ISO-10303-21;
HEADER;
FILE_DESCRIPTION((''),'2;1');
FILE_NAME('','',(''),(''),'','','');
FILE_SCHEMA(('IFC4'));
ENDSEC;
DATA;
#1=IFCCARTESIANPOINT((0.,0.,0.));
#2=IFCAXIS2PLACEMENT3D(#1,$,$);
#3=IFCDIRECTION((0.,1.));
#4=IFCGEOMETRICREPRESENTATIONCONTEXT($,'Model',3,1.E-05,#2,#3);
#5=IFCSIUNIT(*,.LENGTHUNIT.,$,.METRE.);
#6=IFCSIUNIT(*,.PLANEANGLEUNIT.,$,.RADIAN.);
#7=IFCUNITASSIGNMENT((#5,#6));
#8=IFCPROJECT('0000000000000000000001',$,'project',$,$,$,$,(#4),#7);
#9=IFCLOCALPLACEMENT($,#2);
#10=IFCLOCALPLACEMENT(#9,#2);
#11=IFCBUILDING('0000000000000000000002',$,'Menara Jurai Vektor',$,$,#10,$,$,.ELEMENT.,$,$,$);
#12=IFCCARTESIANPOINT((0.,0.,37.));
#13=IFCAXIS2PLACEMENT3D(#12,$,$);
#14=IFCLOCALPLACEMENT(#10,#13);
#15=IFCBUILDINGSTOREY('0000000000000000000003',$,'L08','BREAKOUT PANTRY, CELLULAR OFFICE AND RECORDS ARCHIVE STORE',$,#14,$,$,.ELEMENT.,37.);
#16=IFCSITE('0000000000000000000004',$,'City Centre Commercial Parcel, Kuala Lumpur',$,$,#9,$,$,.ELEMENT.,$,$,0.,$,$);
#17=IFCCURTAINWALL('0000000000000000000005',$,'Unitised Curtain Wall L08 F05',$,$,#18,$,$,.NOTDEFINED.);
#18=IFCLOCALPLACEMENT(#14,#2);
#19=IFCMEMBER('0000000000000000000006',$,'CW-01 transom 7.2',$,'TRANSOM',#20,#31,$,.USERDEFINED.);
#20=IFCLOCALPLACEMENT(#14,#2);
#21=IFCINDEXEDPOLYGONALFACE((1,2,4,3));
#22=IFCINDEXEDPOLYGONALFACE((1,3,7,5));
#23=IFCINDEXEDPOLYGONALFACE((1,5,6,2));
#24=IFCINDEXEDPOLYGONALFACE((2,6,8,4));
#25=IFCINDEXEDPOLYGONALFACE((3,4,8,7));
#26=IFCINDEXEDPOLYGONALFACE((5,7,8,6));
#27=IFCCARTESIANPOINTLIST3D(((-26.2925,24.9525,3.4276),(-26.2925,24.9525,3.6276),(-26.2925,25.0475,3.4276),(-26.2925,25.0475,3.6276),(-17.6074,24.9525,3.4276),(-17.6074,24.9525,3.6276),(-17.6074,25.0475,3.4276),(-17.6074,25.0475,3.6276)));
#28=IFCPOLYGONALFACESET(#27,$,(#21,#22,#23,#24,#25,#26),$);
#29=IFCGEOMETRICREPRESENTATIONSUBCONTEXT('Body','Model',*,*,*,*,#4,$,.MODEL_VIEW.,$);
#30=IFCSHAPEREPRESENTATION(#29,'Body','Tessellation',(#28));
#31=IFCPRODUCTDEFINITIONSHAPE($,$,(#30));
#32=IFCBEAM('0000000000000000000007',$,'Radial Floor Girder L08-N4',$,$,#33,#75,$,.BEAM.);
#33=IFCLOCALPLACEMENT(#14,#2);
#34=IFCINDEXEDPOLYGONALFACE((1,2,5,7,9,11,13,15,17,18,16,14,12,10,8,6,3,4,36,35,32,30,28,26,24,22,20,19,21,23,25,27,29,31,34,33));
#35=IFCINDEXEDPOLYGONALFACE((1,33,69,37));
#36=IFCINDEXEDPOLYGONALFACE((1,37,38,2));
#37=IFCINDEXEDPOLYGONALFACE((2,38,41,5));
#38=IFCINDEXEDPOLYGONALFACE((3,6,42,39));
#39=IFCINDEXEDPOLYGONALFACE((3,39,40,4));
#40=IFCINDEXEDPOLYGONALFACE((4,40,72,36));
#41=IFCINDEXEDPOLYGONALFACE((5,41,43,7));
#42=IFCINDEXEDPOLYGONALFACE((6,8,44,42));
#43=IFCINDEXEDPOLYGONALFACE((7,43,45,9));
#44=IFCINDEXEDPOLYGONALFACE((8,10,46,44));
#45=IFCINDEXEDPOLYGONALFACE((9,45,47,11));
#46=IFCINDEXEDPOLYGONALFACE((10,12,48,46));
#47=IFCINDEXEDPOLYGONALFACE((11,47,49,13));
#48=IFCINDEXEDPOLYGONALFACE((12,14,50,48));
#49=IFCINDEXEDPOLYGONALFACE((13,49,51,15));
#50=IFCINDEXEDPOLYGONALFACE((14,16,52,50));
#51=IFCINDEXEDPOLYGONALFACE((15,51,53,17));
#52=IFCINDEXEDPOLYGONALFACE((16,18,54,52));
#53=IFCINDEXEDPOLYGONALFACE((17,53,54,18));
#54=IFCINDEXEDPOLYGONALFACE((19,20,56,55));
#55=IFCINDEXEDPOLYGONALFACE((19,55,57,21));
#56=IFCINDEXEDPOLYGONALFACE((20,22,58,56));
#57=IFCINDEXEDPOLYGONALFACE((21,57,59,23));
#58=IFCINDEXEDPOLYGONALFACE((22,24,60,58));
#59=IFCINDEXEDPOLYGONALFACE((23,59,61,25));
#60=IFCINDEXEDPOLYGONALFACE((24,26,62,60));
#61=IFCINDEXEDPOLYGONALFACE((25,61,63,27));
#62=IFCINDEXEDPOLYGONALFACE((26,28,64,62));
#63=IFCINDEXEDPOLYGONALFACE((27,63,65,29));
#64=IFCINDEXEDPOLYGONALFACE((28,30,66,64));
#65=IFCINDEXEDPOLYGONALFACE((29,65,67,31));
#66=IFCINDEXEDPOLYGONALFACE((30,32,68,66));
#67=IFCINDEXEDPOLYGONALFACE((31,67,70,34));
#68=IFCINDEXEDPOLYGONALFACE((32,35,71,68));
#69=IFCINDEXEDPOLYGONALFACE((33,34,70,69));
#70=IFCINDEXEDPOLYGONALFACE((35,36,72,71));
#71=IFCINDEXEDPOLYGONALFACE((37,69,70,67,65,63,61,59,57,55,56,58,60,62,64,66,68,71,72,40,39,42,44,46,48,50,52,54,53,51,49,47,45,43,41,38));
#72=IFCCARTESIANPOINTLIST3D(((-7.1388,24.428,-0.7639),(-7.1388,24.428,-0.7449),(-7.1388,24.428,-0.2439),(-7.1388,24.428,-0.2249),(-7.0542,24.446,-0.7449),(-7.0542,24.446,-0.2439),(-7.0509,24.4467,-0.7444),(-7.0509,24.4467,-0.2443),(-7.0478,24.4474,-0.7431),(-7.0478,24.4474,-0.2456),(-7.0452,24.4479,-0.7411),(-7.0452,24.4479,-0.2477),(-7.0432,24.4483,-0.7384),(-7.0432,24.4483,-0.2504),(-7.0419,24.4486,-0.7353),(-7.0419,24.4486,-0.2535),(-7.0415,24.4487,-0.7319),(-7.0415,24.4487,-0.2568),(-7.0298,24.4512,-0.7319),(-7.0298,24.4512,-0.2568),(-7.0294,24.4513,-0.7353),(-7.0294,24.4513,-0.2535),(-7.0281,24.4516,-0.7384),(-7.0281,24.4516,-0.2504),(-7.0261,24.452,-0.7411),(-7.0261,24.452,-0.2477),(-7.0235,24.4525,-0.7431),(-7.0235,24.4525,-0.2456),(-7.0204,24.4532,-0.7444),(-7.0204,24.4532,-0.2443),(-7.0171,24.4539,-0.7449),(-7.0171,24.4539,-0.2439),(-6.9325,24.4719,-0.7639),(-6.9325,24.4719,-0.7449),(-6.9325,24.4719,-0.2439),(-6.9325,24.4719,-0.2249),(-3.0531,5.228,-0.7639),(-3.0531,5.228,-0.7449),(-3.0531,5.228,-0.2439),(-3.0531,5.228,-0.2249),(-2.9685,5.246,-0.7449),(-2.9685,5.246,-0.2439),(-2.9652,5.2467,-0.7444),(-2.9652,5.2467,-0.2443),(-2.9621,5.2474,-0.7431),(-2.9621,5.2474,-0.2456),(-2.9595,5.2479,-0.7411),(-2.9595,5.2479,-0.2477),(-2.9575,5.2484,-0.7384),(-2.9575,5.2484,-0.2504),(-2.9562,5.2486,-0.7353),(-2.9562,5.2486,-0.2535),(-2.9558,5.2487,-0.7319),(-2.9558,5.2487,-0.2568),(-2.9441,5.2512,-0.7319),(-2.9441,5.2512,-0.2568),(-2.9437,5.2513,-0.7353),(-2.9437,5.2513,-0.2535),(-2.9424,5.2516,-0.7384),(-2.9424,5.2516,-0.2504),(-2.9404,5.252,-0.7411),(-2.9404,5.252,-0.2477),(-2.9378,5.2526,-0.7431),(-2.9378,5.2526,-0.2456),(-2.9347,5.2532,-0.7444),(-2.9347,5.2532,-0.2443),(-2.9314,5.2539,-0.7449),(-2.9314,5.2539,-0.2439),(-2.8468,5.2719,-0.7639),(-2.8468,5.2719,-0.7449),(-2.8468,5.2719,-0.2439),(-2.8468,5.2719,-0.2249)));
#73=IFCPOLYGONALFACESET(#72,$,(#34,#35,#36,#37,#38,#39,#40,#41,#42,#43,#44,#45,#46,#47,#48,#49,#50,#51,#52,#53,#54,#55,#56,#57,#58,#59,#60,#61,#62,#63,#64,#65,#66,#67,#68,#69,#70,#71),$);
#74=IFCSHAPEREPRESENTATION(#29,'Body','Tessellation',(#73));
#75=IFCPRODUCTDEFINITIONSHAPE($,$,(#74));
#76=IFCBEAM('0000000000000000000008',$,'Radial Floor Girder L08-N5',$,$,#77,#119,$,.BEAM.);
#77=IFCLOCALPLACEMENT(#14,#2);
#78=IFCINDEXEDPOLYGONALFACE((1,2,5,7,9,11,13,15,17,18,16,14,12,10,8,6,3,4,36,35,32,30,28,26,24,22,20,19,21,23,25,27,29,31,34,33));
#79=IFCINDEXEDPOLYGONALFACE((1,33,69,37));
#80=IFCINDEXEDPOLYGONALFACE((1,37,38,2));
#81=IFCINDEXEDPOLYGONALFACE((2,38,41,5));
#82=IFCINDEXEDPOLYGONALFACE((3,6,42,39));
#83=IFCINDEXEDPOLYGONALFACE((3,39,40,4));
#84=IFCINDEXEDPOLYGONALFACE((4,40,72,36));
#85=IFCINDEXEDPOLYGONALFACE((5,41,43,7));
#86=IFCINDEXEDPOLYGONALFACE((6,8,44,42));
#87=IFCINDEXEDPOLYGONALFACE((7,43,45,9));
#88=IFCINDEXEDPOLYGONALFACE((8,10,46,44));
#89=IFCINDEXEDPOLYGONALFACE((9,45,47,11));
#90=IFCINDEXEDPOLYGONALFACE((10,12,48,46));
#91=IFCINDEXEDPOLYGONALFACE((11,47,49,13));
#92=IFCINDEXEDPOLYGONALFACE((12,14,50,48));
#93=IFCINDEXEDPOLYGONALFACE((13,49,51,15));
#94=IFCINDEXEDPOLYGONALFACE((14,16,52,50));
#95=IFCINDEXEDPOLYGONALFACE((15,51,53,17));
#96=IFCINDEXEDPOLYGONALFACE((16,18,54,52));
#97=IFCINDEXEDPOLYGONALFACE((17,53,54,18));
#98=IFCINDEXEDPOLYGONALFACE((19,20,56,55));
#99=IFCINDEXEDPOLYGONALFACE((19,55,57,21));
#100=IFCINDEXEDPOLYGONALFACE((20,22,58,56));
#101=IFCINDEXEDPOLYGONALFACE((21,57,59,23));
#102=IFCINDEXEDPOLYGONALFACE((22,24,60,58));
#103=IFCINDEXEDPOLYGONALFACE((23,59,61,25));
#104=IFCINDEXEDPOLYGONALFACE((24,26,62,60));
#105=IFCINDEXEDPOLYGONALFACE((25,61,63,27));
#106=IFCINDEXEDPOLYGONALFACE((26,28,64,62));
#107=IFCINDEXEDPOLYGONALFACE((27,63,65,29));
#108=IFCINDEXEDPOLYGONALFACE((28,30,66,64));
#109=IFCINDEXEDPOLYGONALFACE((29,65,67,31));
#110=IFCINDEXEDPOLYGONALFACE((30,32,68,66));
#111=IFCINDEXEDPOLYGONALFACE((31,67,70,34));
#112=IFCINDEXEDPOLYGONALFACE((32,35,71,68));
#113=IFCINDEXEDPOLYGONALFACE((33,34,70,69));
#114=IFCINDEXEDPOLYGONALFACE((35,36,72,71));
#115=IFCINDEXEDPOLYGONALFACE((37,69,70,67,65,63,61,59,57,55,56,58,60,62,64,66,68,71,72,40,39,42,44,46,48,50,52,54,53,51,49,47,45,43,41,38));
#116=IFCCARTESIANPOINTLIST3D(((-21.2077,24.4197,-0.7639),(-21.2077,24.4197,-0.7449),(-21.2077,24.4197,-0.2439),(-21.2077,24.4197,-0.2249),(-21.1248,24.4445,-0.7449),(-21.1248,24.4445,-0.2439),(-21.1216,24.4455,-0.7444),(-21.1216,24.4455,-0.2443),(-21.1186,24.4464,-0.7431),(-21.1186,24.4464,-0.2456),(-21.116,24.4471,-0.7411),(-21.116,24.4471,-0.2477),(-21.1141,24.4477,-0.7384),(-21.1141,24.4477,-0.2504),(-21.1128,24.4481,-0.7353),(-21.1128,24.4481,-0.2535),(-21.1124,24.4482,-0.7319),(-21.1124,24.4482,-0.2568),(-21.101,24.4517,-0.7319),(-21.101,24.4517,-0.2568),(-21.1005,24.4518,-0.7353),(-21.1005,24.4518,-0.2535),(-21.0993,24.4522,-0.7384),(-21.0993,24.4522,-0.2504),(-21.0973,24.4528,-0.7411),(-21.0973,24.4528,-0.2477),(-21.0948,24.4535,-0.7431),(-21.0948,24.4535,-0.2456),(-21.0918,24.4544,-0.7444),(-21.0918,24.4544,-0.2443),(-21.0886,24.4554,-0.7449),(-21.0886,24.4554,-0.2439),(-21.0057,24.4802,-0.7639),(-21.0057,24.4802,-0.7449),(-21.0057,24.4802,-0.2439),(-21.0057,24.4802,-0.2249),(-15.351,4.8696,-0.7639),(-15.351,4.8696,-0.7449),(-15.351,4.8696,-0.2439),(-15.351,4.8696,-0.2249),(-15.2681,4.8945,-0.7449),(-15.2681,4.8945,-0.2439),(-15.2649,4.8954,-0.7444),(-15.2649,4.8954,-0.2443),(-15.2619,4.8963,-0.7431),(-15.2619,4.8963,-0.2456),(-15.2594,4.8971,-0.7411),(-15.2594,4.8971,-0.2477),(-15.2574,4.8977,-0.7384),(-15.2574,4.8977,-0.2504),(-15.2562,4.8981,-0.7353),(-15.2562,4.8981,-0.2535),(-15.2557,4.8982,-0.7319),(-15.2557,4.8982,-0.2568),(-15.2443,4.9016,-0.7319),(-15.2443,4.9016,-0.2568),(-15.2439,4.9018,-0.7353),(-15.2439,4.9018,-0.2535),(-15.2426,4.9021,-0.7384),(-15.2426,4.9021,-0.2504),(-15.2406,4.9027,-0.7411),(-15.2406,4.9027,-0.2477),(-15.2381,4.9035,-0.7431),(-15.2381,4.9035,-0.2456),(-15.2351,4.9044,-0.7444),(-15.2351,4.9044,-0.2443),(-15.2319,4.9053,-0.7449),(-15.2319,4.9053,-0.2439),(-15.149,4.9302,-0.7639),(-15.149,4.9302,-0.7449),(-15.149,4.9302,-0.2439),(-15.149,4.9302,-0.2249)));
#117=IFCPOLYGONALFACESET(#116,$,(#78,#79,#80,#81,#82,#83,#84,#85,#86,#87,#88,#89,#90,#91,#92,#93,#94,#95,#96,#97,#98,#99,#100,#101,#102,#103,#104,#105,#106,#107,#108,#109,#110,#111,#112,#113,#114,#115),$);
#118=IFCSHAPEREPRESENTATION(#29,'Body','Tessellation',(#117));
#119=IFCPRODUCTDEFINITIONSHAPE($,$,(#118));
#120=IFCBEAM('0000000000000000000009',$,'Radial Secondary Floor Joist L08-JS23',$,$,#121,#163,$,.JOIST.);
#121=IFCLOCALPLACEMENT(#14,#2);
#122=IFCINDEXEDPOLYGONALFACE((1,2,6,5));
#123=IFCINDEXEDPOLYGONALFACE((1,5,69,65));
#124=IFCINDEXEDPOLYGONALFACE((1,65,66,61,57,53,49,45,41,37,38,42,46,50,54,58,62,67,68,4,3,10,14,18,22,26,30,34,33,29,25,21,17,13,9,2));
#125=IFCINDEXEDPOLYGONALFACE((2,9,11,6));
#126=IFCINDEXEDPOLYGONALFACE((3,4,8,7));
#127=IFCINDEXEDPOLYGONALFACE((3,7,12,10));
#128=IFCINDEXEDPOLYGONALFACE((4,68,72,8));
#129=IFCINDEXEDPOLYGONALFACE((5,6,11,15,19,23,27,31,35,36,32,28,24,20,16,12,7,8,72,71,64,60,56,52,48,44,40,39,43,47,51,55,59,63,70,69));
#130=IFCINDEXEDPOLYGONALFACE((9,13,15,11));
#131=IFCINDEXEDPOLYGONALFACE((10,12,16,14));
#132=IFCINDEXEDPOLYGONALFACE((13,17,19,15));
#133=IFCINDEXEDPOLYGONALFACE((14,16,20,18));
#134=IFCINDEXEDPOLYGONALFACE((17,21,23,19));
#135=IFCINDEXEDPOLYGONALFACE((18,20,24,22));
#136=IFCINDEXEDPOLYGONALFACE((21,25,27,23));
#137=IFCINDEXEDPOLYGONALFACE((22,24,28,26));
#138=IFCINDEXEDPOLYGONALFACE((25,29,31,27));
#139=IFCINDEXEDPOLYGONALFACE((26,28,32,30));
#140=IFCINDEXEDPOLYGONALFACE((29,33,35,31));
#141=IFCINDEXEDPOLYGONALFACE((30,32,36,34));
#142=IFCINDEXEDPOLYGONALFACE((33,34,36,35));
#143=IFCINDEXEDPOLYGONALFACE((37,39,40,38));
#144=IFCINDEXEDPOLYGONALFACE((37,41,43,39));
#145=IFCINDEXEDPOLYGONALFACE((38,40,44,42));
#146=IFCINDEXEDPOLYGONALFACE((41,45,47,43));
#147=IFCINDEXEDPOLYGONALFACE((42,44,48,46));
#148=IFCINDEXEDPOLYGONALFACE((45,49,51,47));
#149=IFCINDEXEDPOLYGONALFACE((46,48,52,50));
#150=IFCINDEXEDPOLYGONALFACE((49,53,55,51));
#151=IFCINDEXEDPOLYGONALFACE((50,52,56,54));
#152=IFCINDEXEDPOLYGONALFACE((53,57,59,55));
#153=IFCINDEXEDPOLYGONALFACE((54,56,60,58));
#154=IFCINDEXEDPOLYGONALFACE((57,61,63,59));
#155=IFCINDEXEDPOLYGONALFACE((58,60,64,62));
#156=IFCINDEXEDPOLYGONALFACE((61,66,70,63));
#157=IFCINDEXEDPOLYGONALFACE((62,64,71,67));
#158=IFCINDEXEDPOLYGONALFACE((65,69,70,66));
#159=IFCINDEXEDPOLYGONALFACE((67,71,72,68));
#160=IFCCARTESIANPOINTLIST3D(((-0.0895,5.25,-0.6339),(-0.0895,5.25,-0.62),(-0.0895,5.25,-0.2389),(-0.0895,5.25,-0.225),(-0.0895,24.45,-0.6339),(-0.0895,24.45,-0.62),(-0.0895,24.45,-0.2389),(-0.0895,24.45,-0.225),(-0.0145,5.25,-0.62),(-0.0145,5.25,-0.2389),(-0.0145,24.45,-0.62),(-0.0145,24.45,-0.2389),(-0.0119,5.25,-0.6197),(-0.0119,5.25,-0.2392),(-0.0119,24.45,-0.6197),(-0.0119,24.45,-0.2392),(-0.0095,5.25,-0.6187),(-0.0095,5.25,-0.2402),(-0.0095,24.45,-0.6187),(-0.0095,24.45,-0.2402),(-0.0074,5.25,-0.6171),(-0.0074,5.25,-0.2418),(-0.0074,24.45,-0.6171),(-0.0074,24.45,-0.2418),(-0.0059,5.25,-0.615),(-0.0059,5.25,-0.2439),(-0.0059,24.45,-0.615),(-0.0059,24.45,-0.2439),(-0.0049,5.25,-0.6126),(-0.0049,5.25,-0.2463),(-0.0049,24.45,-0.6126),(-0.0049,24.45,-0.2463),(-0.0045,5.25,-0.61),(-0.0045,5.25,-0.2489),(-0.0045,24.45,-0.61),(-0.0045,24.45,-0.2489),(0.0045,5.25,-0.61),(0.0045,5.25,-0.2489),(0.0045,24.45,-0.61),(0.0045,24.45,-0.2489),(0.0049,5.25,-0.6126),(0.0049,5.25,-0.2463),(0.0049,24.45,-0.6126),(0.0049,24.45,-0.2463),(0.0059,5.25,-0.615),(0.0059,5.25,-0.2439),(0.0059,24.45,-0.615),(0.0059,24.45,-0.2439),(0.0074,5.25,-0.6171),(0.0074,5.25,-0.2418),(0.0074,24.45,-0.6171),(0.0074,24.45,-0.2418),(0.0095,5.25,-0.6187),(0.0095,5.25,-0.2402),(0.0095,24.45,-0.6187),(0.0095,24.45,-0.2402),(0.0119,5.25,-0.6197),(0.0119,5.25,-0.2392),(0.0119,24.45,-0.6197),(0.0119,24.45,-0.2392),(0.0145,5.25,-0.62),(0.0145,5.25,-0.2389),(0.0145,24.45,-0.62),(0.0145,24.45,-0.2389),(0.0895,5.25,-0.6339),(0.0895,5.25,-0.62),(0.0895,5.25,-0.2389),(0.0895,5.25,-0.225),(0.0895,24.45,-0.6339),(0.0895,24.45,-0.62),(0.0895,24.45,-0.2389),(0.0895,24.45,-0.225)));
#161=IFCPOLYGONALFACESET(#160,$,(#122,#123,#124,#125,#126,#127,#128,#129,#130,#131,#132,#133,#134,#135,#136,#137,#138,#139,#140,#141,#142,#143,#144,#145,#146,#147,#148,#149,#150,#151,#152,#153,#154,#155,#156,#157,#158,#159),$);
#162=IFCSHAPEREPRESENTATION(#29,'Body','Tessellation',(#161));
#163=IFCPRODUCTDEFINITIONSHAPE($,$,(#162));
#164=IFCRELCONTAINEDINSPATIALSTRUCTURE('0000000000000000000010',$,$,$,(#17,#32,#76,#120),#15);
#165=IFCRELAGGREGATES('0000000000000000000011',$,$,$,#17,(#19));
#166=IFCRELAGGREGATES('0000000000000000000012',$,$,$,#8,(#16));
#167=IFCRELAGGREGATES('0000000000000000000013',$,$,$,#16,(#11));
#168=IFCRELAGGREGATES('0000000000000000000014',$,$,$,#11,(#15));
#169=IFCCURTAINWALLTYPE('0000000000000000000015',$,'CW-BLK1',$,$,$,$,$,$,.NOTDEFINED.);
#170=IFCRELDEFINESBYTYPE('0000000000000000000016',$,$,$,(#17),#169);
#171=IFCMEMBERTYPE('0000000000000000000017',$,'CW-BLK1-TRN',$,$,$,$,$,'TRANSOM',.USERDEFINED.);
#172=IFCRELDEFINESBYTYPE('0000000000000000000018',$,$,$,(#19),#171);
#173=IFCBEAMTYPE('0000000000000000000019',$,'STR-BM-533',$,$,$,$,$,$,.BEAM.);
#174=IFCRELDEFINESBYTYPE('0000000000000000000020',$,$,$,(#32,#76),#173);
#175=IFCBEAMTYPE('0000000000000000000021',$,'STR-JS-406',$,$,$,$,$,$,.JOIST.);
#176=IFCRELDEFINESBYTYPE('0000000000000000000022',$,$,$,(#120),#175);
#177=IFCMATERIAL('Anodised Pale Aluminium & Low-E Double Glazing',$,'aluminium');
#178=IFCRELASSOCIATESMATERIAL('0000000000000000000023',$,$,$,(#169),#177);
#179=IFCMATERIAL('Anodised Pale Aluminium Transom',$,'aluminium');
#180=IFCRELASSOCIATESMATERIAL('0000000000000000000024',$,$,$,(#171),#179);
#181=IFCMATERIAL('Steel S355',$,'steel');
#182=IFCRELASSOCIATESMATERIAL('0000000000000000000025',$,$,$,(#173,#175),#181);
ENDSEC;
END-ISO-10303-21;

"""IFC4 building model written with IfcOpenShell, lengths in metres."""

from ifc_helpers import new_model, si_unit, direction, frame, origin, origin_2d, place, context, subcontext, project, spatial, rectangle, i_section, extrude, material, material_profile, profile_set, type_object, element, aggregate, save


model = new_model("IFC4")

# Units and contexts
model_context = context("Model", 3, precision=1e-05, world=origin(), true_north=direction((0.0, 1.0)))
body_context = subcontext(model_context, "Body", "Model", "MODEL_VIEW")
ifc_project = project(units=[si_unit("LENGTHUNIT", "METRE"), si_unit("PLANEANGLEUNIT", "RADIAN")], contexts=[model_context])

# Site, building, storey
site_placement = place(None, origin())
site = spatial("IfcSite", under=ifc_project, at=site_placement, Name="City Centre Commercial Parcel, Kuala Lumpur", CompositionType="ELEMENT", RefElevation=0.0)
building_placement = place(site_placement, origin())
building = spatial("IfcBuilding", under=site, at=building_placement, Name="Menara Jurai Vektor", CompositionType="ELEMENT")
storey_placement = place(building_placement, frame((0.0, 0.0, 37.0)))
storey = spatial("IfcBuildingStorey", under=building, at=storey_placement, Name="L08", Description="BREAKOUT PANTRY, CELLULAR OFFICE AND RECORDS ARCHIVE STORE", CompositionType="ELEMENT", Elevation=37.0)

# Curtain wall, member
ifc_material_1 = material(Name="Anodised Pale Aluminium & Low-E Double Glazing", Category="aluminium")
curtain_wall_type = type_object("IfcCurtainWallType", Name="CW-BLK1", PredefinedType="NOTDEFINED", material=ifc_material_1)
curtain_wall_placement = place(storey_placement, origin())
curtain_wall = element("IfcCurtainWall", 1, at=curtain_wall_placement, inside=storey, type_object=curtain_wall_type, Name="Unitised Curtain Wall L08 F05", PredefinedType="NOTDEFINED")
ifc_material_2 = material(Name="Anodised Pale Aluminium Transom", Category="aluminium")
ifc_material_profile_1 = material_profile(ifc_material_2, rectangle(XDim=0.095, YDim=0.2, at=origin_2d()), Name="ALU TRN 95x200")
ifc_profile_set_1 = profile_set([ifc_material_profile_1], Name="Anodised Pale Aluminium Transom")
member_type_1 = type_object("IfcMemberType", Name="CW-BLK1-TRN", ElementType="TRANSOM", PredefinedType="USERDEFINED", material=ifc_profile_set_1)
member_1_placement = place(storey_placement, frame((-17.6074, 25.0, 3.5276), z_axis=(-1.0, 0.0, 0.0), x_axis=(0.0, -1.0, 0.0)))
member_1 = element("IfcMember", 2, at=member_1_placement, type_object=member_type_1, Name="CW-01 transom 7.2", ObjectType="TRANSOM", PredefinedType="USERDEFINED", context=body_context, shape_type="SweptSolid", body=[
    extrude(rectangle(XDim=0.095, YDim=0.2, at=origin_2d()), origin(), (0.0, 0.0, 1.0), 8.6851),
])

# Beams
ifc_material_3 = material(Name="Steel S355", Category="steel")
ifc_material_profile_2 = material_profile(ifc_material_3, i_section(OverallWidth=0.2109, OverallDepth=0.5391, WebThickness=0.012, FlangeThickness=0.019, FilletRadius=0.0129, at=origin_2d()), Name="UKB 533x210x109")
ifc_profile_set_2 = profile_set([ifc_material_profile_2], Name="Steel S355")
beam_type_1 = type_object("IfcBeamType", Name="STR-BM-533", PredefinedType="BEAM", material=ifc_profile_set_2)
beam_1_placement = place(storey_placement, frame((-7.0356, 24.45, -0.4944), z_axis=(0.208137, -0.9781, 0.0), x_axis=(0.9781, 0.208137, 0.0)))
element("IfcBeam", 3, at=beam_1_placement, inside=storey, type_object=beam_type_1, Name="Radial Floor Girder L08-N4", PredefinedType="BEAM", context=body_context, shape_type="SweptSolid", body=[
    extrude(i_section(OverallWidth=0.2109, OverallDepth=0.5391, WebThickness=0.012, FlangeThickness=0.019, FilletRadius=0.0129, at=origin_2d()), origin(), (0.0, 0.0, 1.0), 19.6299),
])
beam_2_placement = place(storey_placement, frame((-21.1067, 24.45, -0.4944), z_axis=(0.286974, -0.957938, 0.0), x_axis=(0.957938, 0.286974, 0.0)))
element("IfcBeam", 4, at=beam_2_placement, inside=storey, type_object=beam_type_1, Name="Radial Floor Girder L08-N5", PredefinedType="BEAM", context=body_context, shape_type="SweptSolid", body=[
    extrude(i_section(OverallWidth=0.2109, OverallDepth=0.5391, WebThickness=0.012, FlangeThickness=0.019, FilletRadius=0.0129, at=origin_2d()), origin(), (0.0, 0.0, 1.0), 20.4084),
])
ifc_material_profile_3 = material_profile(ifc_material_3, i_section(OverallWidth=0.179, OverallDepth=0.4089, WebThickness=0.009, FlangeThickness=0.0139, FilletRadius=0.01, at=origin_2d()), Name="UKB 406x178x67")
ifc_profile_set_3 = profile_set([ifc_material_profile_3], Name="Steel S355")
beam_type_2 = type_object("IfcBeamType", Name="STR-JS-406", PredefinedType="JOIST", material=ifc_profile_set_3)
beam_3_placement = place(storey_placement, frame((0.0, 24.45, -0.4294), z_axis=(0.0, -1.0, 0.0), x_axis=(1.0, 0.0, 0.0)))
element("IfcBeam", 5, at=beam_3_placement, inside=storey, type_object=beam_type_2, Name="Radial Secondary Floor Joist L08-JS23", PredefinedType="JOIST", context=body_context, shape_type="SweptSolid", body=[
    extrude(i_section(OverallWidth=0.179, OverallDepth=0.4089, WebThickness=0.009, FlangeThickness=0.0139, FilletRadius=0.01, at=origin_2d()), origin(), (0.0, 0.0, 1.0), 19.2),
])

aggregate(curtain_wall, [member_1])

save(model, "model.ifc")
